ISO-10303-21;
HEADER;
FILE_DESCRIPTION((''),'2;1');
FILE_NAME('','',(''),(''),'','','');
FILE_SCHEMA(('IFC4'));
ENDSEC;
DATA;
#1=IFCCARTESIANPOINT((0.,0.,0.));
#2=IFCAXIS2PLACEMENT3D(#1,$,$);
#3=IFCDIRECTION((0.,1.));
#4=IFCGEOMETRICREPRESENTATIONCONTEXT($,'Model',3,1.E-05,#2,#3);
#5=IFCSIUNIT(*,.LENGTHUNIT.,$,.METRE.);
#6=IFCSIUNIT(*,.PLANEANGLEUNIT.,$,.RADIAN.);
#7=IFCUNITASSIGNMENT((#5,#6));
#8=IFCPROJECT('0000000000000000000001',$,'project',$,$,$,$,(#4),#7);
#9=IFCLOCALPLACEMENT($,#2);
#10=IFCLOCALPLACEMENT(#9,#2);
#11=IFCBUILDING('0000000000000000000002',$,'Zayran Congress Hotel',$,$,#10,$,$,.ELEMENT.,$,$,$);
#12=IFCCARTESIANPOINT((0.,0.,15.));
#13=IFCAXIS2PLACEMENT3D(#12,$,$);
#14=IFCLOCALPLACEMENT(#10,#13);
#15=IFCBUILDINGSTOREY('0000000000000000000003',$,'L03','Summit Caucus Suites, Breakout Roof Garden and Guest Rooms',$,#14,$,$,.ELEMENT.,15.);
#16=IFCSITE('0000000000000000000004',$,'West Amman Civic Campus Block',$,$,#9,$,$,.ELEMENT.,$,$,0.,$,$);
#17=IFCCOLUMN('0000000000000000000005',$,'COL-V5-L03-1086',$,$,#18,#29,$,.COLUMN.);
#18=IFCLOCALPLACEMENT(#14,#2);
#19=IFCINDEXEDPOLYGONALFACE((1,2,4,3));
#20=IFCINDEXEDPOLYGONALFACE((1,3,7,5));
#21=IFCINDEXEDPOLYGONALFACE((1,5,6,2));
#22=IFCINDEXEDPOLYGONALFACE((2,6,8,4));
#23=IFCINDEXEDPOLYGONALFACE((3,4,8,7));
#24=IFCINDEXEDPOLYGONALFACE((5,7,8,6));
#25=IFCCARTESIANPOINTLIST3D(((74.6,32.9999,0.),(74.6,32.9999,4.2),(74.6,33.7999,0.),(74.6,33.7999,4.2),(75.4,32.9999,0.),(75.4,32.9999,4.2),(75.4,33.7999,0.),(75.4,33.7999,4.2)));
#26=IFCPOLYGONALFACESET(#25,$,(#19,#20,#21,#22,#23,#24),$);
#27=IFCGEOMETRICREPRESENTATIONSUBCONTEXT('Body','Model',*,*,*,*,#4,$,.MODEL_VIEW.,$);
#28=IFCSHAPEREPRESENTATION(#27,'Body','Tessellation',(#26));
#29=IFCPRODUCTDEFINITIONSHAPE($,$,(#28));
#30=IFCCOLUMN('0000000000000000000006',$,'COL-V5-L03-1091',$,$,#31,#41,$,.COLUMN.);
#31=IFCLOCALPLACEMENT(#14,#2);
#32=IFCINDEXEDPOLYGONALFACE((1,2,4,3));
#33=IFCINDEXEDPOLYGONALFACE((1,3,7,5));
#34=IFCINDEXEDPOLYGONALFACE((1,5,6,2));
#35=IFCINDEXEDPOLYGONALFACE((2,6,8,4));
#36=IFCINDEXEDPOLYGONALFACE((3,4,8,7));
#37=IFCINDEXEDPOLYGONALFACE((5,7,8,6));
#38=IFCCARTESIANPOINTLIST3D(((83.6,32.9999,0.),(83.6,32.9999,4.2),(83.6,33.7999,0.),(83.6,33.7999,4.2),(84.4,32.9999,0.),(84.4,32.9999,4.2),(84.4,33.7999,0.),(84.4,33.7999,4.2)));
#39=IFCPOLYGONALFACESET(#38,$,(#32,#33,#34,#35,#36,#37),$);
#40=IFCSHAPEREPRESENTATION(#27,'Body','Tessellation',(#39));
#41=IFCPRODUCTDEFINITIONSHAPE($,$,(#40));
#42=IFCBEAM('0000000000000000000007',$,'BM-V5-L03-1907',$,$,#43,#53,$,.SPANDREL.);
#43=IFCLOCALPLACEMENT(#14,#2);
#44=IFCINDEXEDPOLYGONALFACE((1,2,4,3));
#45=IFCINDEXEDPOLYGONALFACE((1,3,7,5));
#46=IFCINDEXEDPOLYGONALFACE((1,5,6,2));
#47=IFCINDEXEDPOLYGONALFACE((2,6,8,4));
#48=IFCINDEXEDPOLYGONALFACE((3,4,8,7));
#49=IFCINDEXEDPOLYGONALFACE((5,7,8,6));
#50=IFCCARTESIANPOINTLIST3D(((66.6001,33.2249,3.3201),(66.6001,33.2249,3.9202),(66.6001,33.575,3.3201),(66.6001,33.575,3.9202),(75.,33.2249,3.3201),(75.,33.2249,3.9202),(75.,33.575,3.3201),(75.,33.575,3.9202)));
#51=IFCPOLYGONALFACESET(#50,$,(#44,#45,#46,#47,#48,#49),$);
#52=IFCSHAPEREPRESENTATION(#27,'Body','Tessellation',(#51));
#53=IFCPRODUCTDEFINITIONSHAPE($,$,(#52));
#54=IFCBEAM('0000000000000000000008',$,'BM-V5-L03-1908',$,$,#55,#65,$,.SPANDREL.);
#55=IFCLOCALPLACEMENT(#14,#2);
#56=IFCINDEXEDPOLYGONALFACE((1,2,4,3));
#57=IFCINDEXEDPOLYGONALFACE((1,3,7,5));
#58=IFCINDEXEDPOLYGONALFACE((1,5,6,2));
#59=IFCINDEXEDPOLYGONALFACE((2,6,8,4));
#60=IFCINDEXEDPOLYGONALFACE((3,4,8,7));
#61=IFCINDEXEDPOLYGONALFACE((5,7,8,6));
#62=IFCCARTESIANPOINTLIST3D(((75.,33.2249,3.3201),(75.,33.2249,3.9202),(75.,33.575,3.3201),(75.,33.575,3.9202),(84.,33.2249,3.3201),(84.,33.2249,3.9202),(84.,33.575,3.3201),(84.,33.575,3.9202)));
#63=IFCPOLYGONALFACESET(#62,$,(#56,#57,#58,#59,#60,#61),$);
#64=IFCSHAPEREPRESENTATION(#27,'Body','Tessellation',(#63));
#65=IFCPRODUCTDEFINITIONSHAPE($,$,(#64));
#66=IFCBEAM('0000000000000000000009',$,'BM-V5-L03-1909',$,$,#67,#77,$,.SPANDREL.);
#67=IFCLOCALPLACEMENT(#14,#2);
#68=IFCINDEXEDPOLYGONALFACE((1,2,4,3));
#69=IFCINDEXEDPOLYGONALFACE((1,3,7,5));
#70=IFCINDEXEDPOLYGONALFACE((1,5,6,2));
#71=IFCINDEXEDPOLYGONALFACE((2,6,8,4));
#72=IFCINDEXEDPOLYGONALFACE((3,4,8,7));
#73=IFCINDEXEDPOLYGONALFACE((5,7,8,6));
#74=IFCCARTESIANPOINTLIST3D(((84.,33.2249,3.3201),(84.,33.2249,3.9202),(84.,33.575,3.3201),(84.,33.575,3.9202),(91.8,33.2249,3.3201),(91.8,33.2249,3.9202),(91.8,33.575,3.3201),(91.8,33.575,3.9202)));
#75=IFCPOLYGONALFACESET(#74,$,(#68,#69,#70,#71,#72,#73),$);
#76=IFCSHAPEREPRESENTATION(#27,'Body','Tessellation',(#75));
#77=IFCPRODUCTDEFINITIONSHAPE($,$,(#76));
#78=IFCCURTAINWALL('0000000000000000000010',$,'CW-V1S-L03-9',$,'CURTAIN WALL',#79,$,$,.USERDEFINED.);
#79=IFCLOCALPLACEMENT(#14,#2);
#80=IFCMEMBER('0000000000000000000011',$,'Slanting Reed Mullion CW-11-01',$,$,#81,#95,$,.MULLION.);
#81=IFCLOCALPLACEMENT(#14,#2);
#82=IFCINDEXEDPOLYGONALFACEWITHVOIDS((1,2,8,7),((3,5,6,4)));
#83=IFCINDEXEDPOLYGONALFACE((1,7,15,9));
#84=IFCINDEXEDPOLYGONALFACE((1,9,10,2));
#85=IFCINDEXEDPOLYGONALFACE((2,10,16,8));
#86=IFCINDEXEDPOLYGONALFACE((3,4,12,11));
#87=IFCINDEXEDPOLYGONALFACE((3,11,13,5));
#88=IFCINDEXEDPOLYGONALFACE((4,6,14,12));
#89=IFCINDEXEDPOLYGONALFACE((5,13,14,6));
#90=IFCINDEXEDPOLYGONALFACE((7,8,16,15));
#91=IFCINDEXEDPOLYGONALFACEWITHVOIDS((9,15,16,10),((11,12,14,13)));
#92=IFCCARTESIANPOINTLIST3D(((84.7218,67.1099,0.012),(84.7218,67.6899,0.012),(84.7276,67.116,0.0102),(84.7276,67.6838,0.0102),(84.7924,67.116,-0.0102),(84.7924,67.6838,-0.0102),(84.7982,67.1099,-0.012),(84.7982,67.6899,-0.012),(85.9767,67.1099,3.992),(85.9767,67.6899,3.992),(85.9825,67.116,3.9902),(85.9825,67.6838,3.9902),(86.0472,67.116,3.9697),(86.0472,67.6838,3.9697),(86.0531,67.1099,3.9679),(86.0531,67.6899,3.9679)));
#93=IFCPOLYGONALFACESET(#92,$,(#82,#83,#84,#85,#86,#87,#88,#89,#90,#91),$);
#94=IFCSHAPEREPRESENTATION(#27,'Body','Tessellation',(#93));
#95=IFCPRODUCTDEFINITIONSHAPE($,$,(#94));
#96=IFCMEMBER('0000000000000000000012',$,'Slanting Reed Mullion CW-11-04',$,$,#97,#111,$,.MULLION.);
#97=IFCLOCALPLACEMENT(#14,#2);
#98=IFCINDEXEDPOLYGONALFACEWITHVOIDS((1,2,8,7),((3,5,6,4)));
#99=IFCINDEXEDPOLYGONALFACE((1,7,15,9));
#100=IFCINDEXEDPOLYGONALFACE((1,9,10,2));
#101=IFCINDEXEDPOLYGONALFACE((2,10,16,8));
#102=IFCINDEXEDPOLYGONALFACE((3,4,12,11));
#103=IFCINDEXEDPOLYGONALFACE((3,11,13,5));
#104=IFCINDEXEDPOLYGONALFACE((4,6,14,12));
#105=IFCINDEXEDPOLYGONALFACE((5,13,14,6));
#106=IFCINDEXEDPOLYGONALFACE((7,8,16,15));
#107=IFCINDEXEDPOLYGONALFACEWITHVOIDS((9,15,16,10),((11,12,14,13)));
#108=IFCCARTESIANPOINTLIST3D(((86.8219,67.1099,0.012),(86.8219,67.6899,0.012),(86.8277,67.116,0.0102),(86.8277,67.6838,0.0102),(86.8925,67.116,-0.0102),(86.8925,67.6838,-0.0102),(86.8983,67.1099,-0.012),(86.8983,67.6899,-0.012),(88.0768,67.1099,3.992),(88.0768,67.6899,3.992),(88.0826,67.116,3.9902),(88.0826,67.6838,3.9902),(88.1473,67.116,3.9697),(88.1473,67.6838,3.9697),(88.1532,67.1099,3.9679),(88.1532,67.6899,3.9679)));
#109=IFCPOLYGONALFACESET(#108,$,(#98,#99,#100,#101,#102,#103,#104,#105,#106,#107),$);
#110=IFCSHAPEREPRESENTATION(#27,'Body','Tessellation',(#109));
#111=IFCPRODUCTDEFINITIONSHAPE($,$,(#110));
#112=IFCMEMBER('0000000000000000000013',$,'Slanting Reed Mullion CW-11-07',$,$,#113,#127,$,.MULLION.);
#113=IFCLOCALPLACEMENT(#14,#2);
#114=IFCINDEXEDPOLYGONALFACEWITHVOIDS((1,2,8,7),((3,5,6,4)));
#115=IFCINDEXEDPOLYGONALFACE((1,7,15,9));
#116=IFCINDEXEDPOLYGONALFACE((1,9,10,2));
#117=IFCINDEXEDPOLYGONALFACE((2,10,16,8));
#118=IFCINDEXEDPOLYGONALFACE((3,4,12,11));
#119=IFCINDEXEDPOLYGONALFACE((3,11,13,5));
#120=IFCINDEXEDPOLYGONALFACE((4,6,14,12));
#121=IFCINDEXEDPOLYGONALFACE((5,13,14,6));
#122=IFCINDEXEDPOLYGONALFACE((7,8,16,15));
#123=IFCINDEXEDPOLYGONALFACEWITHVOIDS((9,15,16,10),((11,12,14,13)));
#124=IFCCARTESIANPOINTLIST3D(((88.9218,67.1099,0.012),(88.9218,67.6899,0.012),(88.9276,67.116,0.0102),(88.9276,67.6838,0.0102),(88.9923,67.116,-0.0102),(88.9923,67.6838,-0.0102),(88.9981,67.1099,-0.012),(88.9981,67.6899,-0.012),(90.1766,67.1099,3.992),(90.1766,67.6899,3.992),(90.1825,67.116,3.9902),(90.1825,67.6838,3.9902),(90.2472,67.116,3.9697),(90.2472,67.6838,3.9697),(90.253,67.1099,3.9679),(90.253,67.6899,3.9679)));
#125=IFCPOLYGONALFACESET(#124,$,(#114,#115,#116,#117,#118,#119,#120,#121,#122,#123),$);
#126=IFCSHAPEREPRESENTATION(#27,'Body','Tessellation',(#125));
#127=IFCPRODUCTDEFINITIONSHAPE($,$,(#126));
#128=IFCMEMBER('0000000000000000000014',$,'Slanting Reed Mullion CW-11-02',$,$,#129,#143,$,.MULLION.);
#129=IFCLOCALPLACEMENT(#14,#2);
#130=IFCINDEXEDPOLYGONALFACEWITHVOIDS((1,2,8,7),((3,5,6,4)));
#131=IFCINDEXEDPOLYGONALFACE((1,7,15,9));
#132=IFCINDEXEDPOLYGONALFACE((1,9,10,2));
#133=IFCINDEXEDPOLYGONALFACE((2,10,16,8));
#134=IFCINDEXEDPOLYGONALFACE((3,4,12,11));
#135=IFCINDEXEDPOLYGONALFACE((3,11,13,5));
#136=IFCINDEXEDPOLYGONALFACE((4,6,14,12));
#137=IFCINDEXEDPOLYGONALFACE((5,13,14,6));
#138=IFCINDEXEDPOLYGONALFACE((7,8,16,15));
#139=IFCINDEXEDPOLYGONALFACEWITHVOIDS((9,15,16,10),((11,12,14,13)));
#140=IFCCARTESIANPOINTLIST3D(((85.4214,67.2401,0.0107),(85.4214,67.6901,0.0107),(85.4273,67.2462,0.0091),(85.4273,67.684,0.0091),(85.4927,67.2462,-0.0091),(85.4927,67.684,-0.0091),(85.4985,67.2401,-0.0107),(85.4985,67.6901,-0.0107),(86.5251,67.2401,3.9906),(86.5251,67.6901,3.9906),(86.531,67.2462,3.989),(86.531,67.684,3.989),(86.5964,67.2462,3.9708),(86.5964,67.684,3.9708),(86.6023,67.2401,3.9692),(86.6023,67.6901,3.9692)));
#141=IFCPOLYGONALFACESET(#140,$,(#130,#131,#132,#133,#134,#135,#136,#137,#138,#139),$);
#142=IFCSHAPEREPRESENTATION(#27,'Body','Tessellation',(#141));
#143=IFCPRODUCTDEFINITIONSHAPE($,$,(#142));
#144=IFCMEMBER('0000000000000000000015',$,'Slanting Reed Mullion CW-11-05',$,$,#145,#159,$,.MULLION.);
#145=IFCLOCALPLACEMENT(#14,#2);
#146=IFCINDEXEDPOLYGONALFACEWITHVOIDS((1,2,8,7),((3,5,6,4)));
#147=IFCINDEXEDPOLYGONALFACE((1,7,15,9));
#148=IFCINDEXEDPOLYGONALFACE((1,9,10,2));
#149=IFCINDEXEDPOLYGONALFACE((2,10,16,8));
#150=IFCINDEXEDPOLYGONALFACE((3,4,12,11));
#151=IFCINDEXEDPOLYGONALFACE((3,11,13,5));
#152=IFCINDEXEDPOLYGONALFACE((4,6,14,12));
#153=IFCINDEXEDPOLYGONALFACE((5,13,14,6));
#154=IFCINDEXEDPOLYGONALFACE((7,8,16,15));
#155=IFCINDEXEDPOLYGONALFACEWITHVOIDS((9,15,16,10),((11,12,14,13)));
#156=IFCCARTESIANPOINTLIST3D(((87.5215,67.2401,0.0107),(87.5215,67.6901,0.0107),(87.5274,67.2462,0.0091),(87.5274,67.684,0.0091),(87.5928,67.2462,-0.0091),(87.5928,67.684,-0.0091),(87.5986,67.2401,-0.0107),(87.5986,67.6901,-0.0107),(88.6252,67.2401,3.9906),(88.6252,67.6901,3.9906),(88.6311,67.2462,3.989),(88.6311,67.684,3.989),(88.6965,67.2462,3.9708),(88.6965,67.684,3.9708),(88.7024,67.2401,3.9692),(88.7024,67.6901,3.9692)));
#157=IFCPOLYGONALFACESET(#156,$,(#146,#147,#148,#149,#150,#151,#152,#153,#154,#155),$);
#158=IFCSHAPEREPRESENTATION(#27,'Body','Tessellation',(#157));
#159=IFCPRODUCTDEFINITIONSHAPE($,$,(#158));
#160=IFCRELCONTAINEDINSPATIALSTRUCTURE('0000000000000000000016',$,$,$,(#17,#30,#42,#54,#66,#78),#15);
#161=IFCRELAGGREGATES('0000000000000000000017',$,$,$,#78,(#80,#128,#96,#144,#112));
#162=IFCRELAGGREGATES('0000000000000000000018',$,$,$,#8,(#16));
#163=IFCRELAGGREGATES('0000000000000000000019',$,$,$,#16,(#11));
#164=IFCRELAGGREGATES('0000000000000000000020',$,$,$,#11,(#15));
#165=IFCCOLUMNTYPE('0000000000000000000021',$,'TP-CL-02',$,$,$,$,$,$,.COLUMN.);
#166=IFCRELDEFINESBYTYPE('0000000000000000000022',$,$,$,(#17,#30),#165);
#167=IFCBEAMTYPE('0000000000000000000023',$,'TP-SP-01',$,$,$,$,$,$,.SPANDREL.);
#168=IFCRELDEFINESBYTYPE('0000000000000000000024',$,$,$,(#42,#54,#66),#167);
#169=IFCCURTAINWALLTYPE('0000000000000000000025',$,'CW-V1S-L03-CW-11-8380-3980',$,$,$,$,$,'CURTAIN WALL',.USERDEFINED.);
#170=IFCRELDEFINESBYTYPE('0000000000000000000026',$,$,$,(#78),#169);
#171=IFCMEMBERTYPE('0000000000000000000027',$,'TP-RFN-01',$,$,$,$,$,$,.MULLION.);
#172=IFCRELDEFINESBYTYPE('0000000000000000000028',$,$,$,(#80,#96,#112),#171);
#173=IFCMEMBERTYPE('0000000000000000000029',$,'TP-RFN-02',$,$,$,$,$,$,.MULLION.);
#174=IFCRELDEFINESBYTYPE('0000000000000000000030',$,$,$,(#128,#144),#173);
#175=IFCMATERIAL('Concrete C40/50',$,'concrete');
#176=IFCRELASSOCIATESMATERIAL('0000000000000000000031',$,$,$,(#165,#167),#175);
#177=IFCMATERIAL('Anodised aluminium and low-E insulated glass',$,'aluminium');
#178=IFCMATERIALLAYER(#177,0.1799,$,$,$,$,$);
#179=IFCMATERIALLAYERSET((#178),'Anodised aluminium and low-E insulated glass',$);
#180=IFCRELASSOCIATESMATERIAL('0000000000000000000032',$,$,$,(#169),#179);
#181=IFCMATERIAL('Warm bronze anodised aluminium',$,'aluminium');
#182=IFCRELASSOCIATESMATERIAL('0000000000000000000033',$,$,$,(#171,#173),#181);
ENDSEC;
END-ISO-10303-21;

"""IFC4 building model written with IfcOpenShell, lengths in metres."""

from ifc_helpers import new_model, si_unit, direction, frame, origin, origin_2d, place, context, subcontext, project, spatial, rectangle, hollow_rectangle, extrude, material, layer, layer_set, material_profile, profile_set, type_object, element, aggregate, save


model = new_model("IFC4")

# Units and contexts
model_context = context("Model", 3, precision=1e-05, world=origin(), true_north=direction((0.0, 1.0)))
body_context = subcontext(model_context, "Body", "Model", "MODEL_VIEW")
ifc_project = project(units=[si_unit("LENGTHUNIT", "METRE"), si_unit("PLANEANGLEUNIT", "RADIAN")], contexts=[model_context])

# Site, building, storey
site_placement = place(None, origin())
site = spatial("IfcSite", under=ifc_project, at=site_placement, Name="West Amman Civic Campus Block", CompositionType="ELEMENT", RefElevation=0.0)
building_placement = place(site_placement, origin())
building = spatial("IfcBuilding", under=site, at=building_placement, Name="Zayran Congress Hotel", CompositionType="ELEMENT")
storey_placement = place(building_placement, frame((0.0, 0.0, 15.0)))
storey = spatial("IfcBuildingStorey", under=building, at=storey_placement, Name="L03", Description="Summit Caucus Suites, Breakout Roof Garden and Guest Rooms", CompositionType="ELEMENT", Elevation=15.0)

# Columns
ifc_material_1 = material(Name="Concrete C40/50", Category="concrete")
ifc_material_profile_1 = material_profile(ifc_material_1, rectangle(XDim=0.8, YDim=0.8, at=origin_2d()), Name="RC 800x800")
ifc_profile_set_1 = profile_set([ifc_material_profile_1], Name="Concrete C40/50")
column_type = type_object("IfcColumnType", Name="TP-CL-02", PredefinedType="COLUMN", material=ifc_profile_set_1)
for number, where, z_axis, x_axis, name in (
    (1, (75.0, 33.3999, 0.0), (0.0, 0.0, 1.0), (1.0, 0.0, 0.0), "COL-V5-L03-1086"),
    (2, (84.0, 33.3999, 0.0), (0.0, 0.0, 1.0), (1.0, 0.0, 0.0), "COL-V5-L03-1091"),
):
    element("IfcColumn", number, at=place(storey_placement, frame(where, z_axis=z_axis, x_axis=x_axis)), inside=storey, type_object=column_type, Name=name, PredefinedType="COLUMN", context=body_context, shape_type="SweptSolid", body=[
        extrude(rectangle(XDim=0.8, YDim=0.8, at=origin_2d()), origin(), (0.0, 0.0, 1.0), 4.2),
    ])

# Beams
ifc_material_profile_2 = material_profile(ifc_material_1, rectangle(XDim=0.3501, YDim=0.6001, at=origin_2d()), Name="RC 350x600")
ifc_profile_set_2 = profile_set([ifc_material_profile_2], Name="Concrete C40/50")
beam_type = type_object("IfcBeamType", Name="TP-SP-01", PredefinedType="SPANDREL", material=ifc_profile_set_2)
beam_1_placement = place(storey_placement, frame((66.6001, 33.3999, 3.6201), z_axis=(1.0, 0.0, 0.0), x_axis=(0.0, 1.0, 0.0)))
element("IfcBeam", 3, at=beam_1_placement, inside=storey, type_object=beam_type, Name="BM-V5-L03-1907", PredefinedType="SPANDREL", context=body_context, shape_type="SweptSolid", body=[
    extrude(rectangle(XDim=0.3501, YDim=0.6001, at=origin_2d()), origin(), (0.0, 0.0, 1.0), 8.3999),
])
beam_2_placement = place(storey_placement, frame((75.0, 33.3999, 3.6201), z_axis=(1.0, 0.0, 0.0), x_axis=(0.0, 1.0, 0.0)))
element("IfcBeam", 4, at=beam_2_placement, inside=storey, type_object=beam_type, Name="BM-V5-L03-1908", PredefinedType="SPANDREL", context=body_context, shape_type="SweptSolid", body=[
    extrude(rectangle(XDim=0.3501, YDim=0.6001, at=origin_2d()), origin(), (0.0, 0.0, 1.0), 9.0),
])
beam_3_placement = place(storey_placement, frame((84.0, 33.3999, 3.6201), z_axis=(1.0, 0.0, 0.0), x_axis=(0.0, 1.0, 0.0)))
element("IfcBeam", 5, at=beam_3_placement, inside=storey, type_object=beam_type, Name="BM-V5-L03-1909", PredefinedType="SPANDREL", context=body_context, shape_type="SweptSolid", body=[
    extrude(rectangle(XDim=0.3501, YDim=0.6001, at=origin_2d()), origin(), (0.0, 0.0, 1.0), 7.8),
])

# Curtain wall, members
ifc_material_2 = material(Name="Anodised aluminium and low-E insulated glass", Category="aluminium")
ifc_layer_1 = layer(ifc_material_2, 0.1799)
ifc_layer_set_1 = layer_set([ifc_layer_1], Name="Anodised aluminium and low-E insulated glass")
curtain_wall_type = type_object("IfcCurtainWallType", Name="CW-V1S-L03-CW-11-8380-3980", ElementType="CURTAIN WALL", PredefinedType="USERDEFINED", material=ifc_layer_set_1)
curtain_wall_placement = place(storey_placement, origin())
curtain_wall = element("IfcCurtainWall", 6, at=curtain_wall_placement, inside=storey, type_object=curtain_wall_type, Name="CW-V1S-L03-9", ObjectType="CURTAIN WALL", PredefinedType="USERDEFINED")
ifc_material_3 = material(Name="Warm bronze anodised aluminium", Category="aluminium")
ifc_material_profile_3 = material_profile(ifc_material_3, hollow_rectangle(XDim=0.0801, YDim=0.5801, WallThickness=0.0061, at=origin_2d()), Name="RHS 580x80x6")
ifc_profile_set_3 = profile_set([ifc_material_profile_3], Name="Warm bronze anodised aluminium")
member_type_1 = type_object("IfcMemberType", Name="TP-RFN-01", PredefinedType="MULLION", material=ifc_profile_set_3)
member_1_placement = place(storey_placement, frame((84.76, 67.3999, 0.0), z_axis=(0.300706, 0.0, 0.953717), x_axis=(-0.953717, 0.0, 0.300706)))
member_1 = element("IfcMember", 7, at=member_1_placement, type_object=member_type_1, Name="Slanting Reed Mullion CW-11-01", PredefinedType="MULLION", context=body_context, shape_type="SweptSolid", body=[
    extrude(hollow_rectangle(XDim=0.0801, YDim=0.5801, WallThickness=0.0061, at=origin_2d()), origin(), (0.0, 0.0, 1.0), 4.1731),
])
member_2_placement = place(storey_placement, frame((86.8601, 67.3999, 0.0), z_axis=(0.300706, 0.0, 0.953717), x_axis=(-0.953717, 0.0, 0.300706)))
member_2 = element("IfcMember", 8, at=member_2_placement, type_object=member_type_1, Name="Slanting Reed Mullion CW-11-04", PredefinedType="MULLION", context=body_context, shape_type="SweptSolid", body=[
    extrude(hollow_rectangle(XDim=0.0801, YDim=0.5801, WallThickness=0.0061, at=origin_2d()), origin(), (0.0, 0.0, 1.0), 4.1731),
])
member_3_placement = place(storey_placement, frame((88.96, 67.3999, 0.0), z_axis=(0.300706, 0.0, 0.953717), x_axis=(-0.953717, 0.0, 0.300706)))
member_3 = element("IfcMember", 9, at=member_3_placement, type_object=member_type_1, Name="Slanting Reed Mullion CW-11-07", PredefinedType="MULLION", context=body_context, shape_type="SweptSolid", body=[
    extrude(hollow_rectangle(XDim=0.0801, YDim=0.5801, WallThickness=0.0061, at=origin_2d()), origin(), (0.0, 0.0, 1.0), 4.1731),
])
ifc_material_profile_4 = material_profile(ifc_material_3, hollow_rectangle(XDim=0.0801, YDim=0.45, WallThickness=0.0061, at=origin_2d()), Name="RHS 450x80x6")
ifc_profile_set_4 = profile_set([ifc_material_profile_4], Name="Warm bronze anodised aluminium")
member_type_2 = type_object("IfcMemberType", Name="TP-RFN-02", PredefinedType="MULLION", material=ifc_profile_set_4)
member_4_placement = place(storey_placement, frame((85.46, 67.4651, 0.0), z_axis=(0.267241, 0.0, 0.96363), x_axis=(-0.96363, 0.0, 0.267241)))
member_4 = element("IfcMember", 10, at=member_4_placement, type_object=member_type_2, Name="Slanting Reed Mullion CW-11-02", PredefinedType="MULLION", context=body_context, shape_type="SweptSolid", body=[
    extrude(hollow_rectangle(XDim=0.0801, YDim=0.45, WallThickness=0.0061, at=origin_2d()), origin(), (0.0, 0.0, 1.0), 4.1301),
])
member_5_placement = place(storey_placement, frame((87.5601, 67.4651, 0.0), z_axis=(0.267241, 0.0, 0.96363), x_axis=(-0.96363, 0.0, 0.267241)))
member_5 = element("IfcMember", 11, at=member_5_placement, type_object=member_type_2, Name="Slanting Reed Mullion CW-11-05", PredefinedType="MULLION", context=body_context, shape_type="SweptSolid", body=[
    extrude(hollow_rectangle(XDim=0.0801, YDim=0.45, WallThickness=0.0061, at=origin_2d()), origin(), (0.0, 0.0, 1.0), 4.1301),
])
aggregate(curtain_wall, [member_1, member_4, member_2, member_5, member_3])

save(model, "model.ifc")
